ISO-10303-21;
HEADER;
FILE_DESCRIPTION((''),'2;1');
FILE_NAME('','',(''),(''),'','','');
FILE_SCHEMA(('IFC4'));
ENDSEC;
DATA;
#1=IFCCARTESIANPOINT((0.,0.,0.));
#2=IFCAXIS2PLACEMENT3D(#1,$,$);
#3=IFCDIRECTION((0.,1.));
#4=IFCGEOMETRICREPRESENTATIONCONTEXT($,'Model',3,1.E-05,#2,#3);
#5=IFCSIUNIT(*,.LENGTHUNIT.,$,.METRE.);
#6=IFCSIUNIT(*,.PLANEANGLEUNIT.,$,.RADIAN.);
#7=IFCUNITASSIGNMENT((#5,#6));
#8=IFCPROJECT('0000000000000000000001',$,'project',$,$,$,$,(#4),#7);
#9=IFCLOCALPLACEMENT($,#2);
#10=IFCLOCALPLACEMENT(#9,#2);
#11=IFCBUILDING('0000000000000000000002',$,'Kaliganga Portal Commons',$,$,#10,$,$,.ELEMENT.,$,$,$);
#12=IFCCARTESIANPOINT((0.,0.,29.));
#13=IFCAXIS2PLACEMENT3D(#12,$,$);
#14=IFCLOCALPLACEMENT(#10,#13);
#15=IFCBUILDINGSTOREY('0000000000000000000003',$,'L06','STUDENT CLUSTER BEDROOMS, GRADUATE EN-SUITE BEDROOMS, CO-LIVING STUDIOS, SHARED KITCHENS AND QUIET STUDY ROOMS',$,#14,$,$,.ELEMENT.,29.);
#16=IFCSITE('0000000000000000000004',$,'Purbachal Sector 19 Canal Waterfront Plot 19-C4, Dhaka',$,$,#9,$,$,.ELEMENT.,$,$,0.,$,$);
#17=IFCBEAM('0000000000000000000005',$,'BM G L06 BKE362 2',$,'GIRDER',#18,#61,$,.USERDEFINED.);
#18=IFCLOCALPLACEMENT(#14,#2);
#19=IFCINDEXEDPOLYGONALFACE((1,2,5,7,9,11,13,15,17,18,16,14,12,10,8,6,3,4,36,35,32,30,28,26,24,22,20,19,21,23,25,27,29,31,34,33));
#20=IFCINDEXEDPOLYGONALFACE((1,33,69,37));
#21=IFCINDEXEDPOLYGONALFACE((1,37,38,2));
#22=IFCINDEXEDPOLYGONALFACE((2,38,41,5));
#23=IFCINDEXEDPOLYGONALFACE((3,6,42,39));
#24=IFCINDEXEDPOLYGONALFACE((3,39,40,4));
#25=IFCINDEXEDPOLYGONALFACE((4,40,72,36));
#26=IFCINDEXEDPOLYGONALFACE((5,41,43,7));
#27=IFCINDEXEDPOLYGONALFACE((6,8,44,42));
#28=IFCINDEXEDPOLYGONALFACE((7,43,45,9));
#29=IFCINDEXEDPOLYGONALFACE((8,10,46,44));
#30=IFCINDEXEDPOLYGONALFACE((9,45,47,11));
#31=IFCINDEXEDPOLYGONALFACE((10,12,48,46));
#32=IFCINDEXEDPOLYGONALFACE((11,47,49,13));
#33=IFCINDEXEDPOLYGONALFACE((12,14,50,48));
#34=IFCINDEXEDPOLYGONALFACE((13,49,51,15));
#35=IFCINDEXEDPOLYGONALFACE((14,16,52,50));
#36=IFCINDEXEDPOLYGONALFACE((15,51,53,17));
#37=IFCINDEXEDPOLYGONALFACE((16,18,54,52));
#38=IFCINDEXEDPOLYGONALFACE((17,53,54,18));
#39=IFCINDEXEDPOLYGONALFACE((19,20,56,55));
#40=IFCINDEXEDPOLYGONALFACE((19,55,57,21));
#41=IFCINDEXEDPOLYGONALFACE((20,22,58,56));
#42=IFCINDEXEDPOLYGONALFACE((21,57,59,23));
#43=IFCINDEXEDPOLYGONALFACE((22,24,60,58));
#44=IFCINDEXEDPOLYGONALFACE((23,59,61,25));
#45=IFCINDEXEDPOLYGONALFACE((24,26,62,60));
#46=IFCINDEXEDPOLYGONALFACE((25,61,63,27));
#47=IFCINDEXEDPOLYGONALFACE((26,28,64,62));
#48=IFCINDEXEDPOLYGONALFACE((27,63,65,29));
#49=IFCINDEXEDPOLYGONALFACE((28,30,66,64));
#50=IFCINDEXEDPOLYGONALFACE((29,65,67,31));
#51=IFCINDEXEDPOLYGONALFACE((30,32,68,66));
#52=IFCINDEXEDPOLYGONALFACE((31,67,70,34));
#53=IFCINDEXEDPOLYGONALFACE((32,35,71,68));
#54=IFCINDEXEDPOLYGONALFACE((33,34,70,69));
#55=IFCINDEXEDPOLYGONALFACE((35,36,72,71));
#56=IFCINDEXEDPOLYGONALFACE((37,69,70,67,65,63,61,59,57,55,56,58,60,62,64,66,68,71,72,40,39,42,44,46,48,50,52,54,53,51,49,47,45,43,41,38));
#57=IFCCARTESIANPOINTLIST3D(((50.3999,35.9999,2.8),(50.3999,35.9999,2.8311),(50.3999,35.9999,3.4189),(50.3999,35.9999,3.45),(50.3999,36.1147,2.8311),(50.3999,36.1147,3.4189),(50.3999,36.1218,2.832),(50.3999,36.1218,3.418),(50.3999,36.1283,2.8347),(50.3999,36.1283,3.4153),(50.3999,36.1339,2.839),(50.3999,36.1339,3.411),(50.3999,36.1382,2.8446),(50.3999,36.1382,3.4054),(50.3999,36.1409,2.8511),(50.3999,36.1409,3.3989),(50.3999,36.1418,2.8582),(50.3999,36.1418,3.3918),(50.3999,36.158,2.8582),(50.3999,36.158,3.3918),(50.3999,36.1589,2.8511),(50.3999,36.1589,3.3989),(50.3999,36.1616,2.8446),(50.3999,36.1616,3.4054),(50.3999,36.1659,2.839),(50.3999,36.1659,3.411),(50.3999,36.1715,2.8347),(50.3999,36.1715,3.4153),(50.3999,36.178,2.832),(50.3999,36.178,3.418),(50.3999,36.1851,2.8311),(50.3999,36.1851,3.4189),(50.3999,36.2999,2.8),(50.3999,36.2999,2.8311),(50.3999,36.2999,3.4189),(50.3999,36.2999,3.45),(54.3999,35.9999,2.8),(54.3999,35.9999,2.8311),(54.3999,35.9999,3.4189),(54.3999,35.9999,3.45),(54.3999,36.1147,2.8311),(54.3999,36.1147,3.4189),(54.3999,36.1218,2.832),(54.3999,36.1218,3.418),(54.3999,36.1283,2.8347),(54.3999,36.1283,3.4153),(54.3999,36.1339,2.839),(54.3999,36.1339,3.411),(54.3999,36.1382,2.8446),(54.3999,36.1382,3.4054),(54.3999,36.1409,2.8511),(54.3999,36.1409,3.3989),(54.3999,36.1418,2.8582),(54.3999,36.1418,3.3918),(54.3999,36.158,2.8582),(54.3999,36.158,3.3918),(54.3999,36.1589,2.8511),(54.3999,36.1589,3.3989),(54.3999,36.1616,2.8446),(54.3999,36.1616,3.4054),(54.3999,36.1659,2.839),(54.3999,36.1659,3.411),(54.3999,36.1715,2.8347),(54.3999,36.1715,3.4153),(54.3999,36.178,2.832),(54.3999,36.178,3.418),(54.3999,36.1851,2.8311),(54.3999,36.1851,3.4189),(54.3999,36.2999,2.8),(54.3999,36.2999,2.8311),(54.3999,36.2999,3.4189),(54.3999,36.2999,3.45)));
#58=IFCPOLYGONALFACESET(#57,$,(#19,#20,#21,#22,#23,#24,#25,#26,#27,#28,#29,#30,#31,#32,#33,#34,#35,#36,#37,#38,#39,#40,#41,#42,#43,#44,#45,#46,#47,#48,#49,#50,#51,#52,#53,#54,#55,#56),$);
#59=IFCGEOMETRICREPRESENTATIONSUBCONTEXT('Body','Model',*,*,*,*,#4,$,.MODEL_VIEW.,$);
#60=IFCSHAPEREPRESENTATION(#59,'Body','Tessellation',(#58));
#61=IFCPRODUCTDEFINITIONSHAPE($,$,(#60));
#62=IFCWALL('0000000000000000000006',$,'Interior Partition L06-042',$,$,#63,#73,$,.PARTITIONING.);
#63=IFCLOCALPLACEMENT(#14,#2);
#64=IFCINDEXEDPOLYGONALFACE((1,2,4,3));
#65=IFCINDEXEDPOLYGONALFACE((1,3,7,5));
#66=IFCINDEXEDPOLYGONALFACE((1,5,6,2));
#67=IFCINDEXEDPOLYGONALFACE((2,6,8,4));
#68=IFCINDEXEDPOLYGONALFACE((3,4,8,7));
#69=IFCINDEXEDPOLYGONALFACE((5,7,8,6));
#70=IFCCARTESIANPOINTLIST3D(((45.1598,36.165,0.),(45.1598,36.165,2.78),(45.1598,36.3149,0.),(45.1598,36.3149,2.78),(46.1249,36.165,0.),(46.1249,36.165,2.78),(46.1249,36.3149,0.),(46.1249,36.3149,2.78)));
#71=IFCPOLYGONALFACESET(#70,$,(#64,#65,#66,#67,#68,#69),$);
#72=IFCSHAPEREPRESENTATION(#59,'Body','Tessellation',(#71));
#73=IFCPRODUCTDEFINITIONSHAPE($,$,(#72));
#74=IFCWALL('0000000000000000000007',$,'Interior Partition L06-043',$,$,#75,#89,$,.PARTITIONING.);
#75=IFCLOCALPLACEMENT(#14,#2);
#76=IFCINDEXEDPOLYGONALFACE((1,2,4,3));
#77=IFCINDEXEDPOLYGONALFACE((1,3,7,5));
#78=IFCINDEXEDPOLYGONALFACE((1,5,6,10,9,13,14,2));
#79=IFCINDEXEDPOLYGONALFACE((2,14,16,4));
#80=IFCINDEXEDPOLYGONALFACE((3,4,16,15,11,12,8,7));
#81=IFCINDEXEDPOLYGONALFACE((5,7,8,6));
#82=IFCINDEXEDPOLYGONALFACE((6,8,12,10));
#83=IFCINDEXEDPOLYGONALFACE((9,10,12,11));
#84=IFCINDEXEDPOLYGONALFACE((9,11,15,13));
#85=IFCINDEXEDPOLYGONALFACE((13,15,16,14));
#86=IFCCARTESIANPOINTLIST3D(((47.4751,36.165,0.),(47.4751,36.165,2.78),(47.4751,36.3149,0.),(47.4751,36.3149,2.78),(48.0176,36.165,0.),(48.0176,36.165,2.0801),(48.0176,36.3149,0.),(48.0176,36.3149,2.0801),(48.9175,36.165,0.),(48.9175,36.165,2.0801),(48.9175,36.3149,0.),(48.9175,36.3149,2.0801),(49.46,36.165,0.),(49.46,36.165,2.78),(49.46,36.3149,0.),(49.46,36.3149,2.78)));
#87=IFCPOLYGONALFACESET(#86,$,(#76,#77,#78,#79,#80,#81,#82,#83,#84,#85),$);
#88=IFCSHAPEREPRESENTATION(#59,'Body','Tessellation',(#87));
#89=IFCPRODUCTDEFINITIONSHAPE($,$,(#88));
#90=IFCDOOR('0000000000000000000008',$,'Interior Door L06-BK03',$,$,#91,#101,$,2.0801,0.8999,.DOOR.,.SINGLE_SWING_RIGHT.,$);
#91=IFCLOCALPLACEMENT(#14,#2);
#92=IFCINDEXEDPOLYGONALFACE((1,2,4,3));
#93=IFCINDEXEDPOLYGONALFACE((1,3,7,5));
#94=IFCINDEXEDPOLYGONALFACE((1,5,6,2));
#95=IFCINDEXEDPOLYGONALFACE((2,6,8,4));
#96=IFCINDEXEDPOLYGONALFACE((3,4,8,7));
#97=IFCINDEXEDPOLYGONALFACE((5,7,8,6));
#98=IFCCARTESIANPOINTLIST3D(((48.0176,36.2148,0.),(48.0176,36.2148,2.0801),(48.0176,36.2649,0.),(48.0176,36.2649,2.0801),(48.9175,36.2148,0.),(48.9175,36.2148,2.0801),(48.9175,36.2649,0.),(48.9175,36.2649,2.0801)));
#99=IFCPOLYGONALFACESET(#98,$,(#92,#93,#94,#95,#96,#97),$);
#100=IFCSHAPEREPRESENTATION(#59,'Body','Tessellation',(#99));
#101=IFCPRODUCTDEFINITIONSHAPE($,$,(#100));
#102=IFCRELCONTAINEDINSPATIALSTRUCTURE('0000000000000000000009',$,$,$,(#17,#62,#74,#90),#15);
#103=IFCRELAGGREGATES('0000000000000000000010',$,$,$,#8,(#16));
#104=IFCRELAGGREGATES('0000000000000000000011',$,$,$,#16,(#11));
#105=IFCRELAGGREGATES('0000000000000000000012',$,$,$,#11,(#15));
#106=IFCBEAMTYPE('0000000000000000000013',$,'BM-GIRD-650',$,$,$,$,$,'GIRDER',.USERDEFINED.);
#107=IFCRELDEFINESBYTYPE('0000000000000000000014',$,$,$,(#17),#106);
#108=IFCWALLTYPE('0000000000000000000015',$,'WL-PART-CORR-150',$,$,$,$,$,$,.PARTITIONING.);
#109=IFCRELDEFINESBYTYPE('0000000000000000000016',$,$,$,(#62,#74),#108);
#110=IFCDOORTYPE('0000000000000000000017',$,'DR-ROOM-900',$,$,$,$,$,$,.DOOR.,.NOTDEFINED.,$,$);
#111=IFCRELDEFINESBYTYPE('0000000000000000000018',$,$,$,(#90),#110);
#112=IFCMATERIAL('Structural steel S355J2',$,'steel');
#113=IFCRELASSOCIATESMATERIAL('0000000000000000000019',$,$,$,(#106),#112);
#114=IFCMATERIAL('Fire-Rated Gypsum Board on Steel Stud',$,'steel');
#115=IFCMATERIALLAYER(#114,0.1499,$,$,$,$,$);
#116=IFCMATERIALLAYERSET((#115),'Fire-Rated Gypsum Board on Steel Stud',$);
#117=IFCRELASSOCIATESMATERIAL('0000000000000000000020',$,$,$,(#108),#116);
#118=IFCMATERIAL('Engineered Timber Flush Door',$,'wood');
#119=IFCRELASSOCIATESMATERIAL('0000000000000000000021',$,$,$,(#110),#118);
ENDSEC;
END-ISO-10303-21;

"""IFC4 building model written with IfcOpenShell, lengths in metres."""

from ifc_helpers import new_model, si_unit, direction, frame, frame_2d, origin, origin_2d, place, context, subcontext, project, spatial, rectangle, i_section, extrude, source, transform, mapped, material, layer, layer_set, material_profile, profile_set, type_object, element, fill, save


model = new_model("IFC4")

# Units and contexts
model_context = context("Model", 3, precision=1e-05, world=origin(), true_north=direction((0.0, 1.0)))
body_context = subcontext(model_context, "Body", "Model", "MODEL_VIEW")
ifc_project = project(units=[si_unit("LENGTHUNIT", "METRE"), si_unit("PLANEANGLEUNIT", "RADIAN")], contexts=[model_context])

# Site, building, storey
site_placement = place(None, origin())
site = spatial("IfcSite", under=ifc_project, at=site_placement, Name="Purbachal Sector 19 Canal Waterfront Plot 19-C4, Dhaka", CompositionType="ELEMENT", RefElevation=0.0)
building_placement = place(site_placement, origin())
building = spatial("IfcBuilding", under=site, at=building_placement, Name="Kaliganga Portal Commons", CompositionType="ELEMENT")
storey_placement = place(building_placement, frame((0.0, 0.0, 29.0)))
storey = spatial("IfcBuildingStorey", under=building, at=storey_placement, Name="L06", Description="STUDENT CLUSTER BEDROOMS, GRADUATE EN-SUITE BEDROOMS, CO-LIVING STUDIOS, SHARED KITCHENS AND QUIET STUDY ROOMS", CompositionType="ELEMENT", Elevation=29.0)

# Beam
ifc_material_1 = material(Name="Structural steel S355J2", Category="steel")
ifc_material_profile_1 = material_profile(ifc_material_1, i_section(OverallWidth=0.3, OverallDepth=0.6499, WebThickness=0.0161, FlangeThickness=0.031, FilletRadius=0.0271, at=origin_2d()), Name="HE 650 B")
ifc_profile_set_1 = profile_set([ifc_material_profile_1], Name="Structural steel S355J2 wide-flange")
beam_type_1 = type_object("IfcBeamType", Name="BM-GIRD-650", ElementType="GIRDER", PredefinedType="USERDEFINED", material=ifc_profile_set_1)
shared_shape_1 = source(origin(), body_context, "Body", "SweptSolid", [
    extrude(i_section(OverallWidth=0.3, OverallDepth=0.6499, WebThickness=0.0161, FlangeThickness=0.031, FilletRadius=0.0271, at=origin_2d()), origin(), (0.0, 0.0, 1.0), 4.0),
])
for number, where, z_axis, x_axis, name in (
    (1, (50.3999, 36.1499, 3.125), (1.0, 0.0, 0.0), (0.0, 1.0, 0.0), "BM G L06 BKE362 2"),
):
    element("IfcBeam", number, at=place(storey_placement, frame(where, z_axis=z_axis, x_axis=x_axis)), inside=storey, type_object=beam_type_1, Name=name, ObjectType="GIRDER", PredefinedType="USERDEFINED", context=body_context, shape_type="MappedRepresentation", body=[
        mapped(shared_shape_1, transform((0.0, 0.0, 0.0), x_axis=(1.0, 0.0, 0.0), y_axis=(0.0, 1.0, 0.0), z_axis=(0.0, 0.0, 1.0), scale=1.0)),
    ])

# Shared definitions
ifc_material_2 = material(Name="Fire-Rated Gypsum Board on Steel Stud", Category="steel")
ifc_layer_1 = layer(ifc_material_2, 0.1499)
ifc_layer_set_1 = layer_set([ifc_layer_1], Name="Fire-Rated Gypsum Board on Steel Stud")
wall_type_1 = type_object("IfcWallType", Name="WL-PART-CORR-150", PredefinedType="PARTITIONING", material=ifc_layer_set_1)

# Wall
wall_1_placement = place(storey_placement, frame((45.1599, 36.24, 0.0), z_axis=(0.0, 0.0, 1.0), x_axis=(1.0, 0.0, 0.0)))
element("IfcWall", 2, at=wall_1_placement, inside=storey, type_object=wall_type_1, Name="Interior Partition L06-042", PredefinedType="PARTITIONING", context=body_context, shape_type="SweptSolid", body=[
    extrude(rectangle(XDim=0.9651, YDim=0.1499, at=frame_2d((0.4824, 0.0))), origin(), (0.0, 0.0, 1.0), 2.78),
])

# Wall, opening, door
wall_2_placement = place(storey_placement, frame((47.4751, 36.24, 0.0), z_axis=(0.0, 0.0, 1.0), x_axis=(1.0, 0.0, 0.0)))
wall_2 = element("IfcWall", 3, at=wall_2_placement, inside=storey, type_object=wall_type_1, Name="Interior Partition L06-043", PredefinedType="PARTITIONING", context=body_context, shape_type="SweptSolid", body=[
    extrude(rectangle(XDim=1.9849, YDim=0.1499, at=frame_2d((0.9924, 0.0))), origin(), (0.0, 0.0, 1.0), 2.78),
])
opening_1_placement = place(wall_2_placement, frame((0.5425, 0.0, 0.0)))
opening_1 = element("IfcOpeningElement", 4, at=opening_1_placement, cuts=wall_2, PredefinedType="OPENING", context=body_context, shape_type="SweptSolid", body=[
    extrude(rectangle(XDim=0.8999, YDim=2.0801, at=frame_2d((0.45, 1.04))), frame((0.0, 0.085, 0.0), z_axis=(0.0, -1.0, 0.0), x_axis=(1.0, 0.0, 0.0)), (0.0, 0.0, 1.0), 0.1699),
])
ifc_material_3 = material(Name="Engineered Timber Flush Door", Category="wood")
door_type_1 = type_object("IfcDoorType", Name="DR-ROOM-900", OperationType="NOTDEFINED", PredefinedType="DOOR", material=ifc_material_3)
door_1_placement = place(opening_1_placement, origin())
door_1 = element("IfcDoor", 5, at=door_1_placement, inside=storey, type_object=door_type_1, Name="Interior Door L06-BK03", OperationType="SINGLE_SWING_RIGHT", OverallHeight=2.0801, OverallWidth=0.8999, PredefinedType="DOOR", context=body_context, shape_type="SweptSolid", body=[
    extrude(rectangle(XDim=0.8999, YDim=2.0801, at=frame_2d((0.45, 1.04))), frame((0.0, 0.0249, 0.0), z_axis=(0.0, -1.0, 0.0), x_axis=(1.0, 0.0, 0.0)), (0.0, 0.0, 1.0), 0.05),
])
fill(opening_1, door_1)

save(model, "model.ifc")
